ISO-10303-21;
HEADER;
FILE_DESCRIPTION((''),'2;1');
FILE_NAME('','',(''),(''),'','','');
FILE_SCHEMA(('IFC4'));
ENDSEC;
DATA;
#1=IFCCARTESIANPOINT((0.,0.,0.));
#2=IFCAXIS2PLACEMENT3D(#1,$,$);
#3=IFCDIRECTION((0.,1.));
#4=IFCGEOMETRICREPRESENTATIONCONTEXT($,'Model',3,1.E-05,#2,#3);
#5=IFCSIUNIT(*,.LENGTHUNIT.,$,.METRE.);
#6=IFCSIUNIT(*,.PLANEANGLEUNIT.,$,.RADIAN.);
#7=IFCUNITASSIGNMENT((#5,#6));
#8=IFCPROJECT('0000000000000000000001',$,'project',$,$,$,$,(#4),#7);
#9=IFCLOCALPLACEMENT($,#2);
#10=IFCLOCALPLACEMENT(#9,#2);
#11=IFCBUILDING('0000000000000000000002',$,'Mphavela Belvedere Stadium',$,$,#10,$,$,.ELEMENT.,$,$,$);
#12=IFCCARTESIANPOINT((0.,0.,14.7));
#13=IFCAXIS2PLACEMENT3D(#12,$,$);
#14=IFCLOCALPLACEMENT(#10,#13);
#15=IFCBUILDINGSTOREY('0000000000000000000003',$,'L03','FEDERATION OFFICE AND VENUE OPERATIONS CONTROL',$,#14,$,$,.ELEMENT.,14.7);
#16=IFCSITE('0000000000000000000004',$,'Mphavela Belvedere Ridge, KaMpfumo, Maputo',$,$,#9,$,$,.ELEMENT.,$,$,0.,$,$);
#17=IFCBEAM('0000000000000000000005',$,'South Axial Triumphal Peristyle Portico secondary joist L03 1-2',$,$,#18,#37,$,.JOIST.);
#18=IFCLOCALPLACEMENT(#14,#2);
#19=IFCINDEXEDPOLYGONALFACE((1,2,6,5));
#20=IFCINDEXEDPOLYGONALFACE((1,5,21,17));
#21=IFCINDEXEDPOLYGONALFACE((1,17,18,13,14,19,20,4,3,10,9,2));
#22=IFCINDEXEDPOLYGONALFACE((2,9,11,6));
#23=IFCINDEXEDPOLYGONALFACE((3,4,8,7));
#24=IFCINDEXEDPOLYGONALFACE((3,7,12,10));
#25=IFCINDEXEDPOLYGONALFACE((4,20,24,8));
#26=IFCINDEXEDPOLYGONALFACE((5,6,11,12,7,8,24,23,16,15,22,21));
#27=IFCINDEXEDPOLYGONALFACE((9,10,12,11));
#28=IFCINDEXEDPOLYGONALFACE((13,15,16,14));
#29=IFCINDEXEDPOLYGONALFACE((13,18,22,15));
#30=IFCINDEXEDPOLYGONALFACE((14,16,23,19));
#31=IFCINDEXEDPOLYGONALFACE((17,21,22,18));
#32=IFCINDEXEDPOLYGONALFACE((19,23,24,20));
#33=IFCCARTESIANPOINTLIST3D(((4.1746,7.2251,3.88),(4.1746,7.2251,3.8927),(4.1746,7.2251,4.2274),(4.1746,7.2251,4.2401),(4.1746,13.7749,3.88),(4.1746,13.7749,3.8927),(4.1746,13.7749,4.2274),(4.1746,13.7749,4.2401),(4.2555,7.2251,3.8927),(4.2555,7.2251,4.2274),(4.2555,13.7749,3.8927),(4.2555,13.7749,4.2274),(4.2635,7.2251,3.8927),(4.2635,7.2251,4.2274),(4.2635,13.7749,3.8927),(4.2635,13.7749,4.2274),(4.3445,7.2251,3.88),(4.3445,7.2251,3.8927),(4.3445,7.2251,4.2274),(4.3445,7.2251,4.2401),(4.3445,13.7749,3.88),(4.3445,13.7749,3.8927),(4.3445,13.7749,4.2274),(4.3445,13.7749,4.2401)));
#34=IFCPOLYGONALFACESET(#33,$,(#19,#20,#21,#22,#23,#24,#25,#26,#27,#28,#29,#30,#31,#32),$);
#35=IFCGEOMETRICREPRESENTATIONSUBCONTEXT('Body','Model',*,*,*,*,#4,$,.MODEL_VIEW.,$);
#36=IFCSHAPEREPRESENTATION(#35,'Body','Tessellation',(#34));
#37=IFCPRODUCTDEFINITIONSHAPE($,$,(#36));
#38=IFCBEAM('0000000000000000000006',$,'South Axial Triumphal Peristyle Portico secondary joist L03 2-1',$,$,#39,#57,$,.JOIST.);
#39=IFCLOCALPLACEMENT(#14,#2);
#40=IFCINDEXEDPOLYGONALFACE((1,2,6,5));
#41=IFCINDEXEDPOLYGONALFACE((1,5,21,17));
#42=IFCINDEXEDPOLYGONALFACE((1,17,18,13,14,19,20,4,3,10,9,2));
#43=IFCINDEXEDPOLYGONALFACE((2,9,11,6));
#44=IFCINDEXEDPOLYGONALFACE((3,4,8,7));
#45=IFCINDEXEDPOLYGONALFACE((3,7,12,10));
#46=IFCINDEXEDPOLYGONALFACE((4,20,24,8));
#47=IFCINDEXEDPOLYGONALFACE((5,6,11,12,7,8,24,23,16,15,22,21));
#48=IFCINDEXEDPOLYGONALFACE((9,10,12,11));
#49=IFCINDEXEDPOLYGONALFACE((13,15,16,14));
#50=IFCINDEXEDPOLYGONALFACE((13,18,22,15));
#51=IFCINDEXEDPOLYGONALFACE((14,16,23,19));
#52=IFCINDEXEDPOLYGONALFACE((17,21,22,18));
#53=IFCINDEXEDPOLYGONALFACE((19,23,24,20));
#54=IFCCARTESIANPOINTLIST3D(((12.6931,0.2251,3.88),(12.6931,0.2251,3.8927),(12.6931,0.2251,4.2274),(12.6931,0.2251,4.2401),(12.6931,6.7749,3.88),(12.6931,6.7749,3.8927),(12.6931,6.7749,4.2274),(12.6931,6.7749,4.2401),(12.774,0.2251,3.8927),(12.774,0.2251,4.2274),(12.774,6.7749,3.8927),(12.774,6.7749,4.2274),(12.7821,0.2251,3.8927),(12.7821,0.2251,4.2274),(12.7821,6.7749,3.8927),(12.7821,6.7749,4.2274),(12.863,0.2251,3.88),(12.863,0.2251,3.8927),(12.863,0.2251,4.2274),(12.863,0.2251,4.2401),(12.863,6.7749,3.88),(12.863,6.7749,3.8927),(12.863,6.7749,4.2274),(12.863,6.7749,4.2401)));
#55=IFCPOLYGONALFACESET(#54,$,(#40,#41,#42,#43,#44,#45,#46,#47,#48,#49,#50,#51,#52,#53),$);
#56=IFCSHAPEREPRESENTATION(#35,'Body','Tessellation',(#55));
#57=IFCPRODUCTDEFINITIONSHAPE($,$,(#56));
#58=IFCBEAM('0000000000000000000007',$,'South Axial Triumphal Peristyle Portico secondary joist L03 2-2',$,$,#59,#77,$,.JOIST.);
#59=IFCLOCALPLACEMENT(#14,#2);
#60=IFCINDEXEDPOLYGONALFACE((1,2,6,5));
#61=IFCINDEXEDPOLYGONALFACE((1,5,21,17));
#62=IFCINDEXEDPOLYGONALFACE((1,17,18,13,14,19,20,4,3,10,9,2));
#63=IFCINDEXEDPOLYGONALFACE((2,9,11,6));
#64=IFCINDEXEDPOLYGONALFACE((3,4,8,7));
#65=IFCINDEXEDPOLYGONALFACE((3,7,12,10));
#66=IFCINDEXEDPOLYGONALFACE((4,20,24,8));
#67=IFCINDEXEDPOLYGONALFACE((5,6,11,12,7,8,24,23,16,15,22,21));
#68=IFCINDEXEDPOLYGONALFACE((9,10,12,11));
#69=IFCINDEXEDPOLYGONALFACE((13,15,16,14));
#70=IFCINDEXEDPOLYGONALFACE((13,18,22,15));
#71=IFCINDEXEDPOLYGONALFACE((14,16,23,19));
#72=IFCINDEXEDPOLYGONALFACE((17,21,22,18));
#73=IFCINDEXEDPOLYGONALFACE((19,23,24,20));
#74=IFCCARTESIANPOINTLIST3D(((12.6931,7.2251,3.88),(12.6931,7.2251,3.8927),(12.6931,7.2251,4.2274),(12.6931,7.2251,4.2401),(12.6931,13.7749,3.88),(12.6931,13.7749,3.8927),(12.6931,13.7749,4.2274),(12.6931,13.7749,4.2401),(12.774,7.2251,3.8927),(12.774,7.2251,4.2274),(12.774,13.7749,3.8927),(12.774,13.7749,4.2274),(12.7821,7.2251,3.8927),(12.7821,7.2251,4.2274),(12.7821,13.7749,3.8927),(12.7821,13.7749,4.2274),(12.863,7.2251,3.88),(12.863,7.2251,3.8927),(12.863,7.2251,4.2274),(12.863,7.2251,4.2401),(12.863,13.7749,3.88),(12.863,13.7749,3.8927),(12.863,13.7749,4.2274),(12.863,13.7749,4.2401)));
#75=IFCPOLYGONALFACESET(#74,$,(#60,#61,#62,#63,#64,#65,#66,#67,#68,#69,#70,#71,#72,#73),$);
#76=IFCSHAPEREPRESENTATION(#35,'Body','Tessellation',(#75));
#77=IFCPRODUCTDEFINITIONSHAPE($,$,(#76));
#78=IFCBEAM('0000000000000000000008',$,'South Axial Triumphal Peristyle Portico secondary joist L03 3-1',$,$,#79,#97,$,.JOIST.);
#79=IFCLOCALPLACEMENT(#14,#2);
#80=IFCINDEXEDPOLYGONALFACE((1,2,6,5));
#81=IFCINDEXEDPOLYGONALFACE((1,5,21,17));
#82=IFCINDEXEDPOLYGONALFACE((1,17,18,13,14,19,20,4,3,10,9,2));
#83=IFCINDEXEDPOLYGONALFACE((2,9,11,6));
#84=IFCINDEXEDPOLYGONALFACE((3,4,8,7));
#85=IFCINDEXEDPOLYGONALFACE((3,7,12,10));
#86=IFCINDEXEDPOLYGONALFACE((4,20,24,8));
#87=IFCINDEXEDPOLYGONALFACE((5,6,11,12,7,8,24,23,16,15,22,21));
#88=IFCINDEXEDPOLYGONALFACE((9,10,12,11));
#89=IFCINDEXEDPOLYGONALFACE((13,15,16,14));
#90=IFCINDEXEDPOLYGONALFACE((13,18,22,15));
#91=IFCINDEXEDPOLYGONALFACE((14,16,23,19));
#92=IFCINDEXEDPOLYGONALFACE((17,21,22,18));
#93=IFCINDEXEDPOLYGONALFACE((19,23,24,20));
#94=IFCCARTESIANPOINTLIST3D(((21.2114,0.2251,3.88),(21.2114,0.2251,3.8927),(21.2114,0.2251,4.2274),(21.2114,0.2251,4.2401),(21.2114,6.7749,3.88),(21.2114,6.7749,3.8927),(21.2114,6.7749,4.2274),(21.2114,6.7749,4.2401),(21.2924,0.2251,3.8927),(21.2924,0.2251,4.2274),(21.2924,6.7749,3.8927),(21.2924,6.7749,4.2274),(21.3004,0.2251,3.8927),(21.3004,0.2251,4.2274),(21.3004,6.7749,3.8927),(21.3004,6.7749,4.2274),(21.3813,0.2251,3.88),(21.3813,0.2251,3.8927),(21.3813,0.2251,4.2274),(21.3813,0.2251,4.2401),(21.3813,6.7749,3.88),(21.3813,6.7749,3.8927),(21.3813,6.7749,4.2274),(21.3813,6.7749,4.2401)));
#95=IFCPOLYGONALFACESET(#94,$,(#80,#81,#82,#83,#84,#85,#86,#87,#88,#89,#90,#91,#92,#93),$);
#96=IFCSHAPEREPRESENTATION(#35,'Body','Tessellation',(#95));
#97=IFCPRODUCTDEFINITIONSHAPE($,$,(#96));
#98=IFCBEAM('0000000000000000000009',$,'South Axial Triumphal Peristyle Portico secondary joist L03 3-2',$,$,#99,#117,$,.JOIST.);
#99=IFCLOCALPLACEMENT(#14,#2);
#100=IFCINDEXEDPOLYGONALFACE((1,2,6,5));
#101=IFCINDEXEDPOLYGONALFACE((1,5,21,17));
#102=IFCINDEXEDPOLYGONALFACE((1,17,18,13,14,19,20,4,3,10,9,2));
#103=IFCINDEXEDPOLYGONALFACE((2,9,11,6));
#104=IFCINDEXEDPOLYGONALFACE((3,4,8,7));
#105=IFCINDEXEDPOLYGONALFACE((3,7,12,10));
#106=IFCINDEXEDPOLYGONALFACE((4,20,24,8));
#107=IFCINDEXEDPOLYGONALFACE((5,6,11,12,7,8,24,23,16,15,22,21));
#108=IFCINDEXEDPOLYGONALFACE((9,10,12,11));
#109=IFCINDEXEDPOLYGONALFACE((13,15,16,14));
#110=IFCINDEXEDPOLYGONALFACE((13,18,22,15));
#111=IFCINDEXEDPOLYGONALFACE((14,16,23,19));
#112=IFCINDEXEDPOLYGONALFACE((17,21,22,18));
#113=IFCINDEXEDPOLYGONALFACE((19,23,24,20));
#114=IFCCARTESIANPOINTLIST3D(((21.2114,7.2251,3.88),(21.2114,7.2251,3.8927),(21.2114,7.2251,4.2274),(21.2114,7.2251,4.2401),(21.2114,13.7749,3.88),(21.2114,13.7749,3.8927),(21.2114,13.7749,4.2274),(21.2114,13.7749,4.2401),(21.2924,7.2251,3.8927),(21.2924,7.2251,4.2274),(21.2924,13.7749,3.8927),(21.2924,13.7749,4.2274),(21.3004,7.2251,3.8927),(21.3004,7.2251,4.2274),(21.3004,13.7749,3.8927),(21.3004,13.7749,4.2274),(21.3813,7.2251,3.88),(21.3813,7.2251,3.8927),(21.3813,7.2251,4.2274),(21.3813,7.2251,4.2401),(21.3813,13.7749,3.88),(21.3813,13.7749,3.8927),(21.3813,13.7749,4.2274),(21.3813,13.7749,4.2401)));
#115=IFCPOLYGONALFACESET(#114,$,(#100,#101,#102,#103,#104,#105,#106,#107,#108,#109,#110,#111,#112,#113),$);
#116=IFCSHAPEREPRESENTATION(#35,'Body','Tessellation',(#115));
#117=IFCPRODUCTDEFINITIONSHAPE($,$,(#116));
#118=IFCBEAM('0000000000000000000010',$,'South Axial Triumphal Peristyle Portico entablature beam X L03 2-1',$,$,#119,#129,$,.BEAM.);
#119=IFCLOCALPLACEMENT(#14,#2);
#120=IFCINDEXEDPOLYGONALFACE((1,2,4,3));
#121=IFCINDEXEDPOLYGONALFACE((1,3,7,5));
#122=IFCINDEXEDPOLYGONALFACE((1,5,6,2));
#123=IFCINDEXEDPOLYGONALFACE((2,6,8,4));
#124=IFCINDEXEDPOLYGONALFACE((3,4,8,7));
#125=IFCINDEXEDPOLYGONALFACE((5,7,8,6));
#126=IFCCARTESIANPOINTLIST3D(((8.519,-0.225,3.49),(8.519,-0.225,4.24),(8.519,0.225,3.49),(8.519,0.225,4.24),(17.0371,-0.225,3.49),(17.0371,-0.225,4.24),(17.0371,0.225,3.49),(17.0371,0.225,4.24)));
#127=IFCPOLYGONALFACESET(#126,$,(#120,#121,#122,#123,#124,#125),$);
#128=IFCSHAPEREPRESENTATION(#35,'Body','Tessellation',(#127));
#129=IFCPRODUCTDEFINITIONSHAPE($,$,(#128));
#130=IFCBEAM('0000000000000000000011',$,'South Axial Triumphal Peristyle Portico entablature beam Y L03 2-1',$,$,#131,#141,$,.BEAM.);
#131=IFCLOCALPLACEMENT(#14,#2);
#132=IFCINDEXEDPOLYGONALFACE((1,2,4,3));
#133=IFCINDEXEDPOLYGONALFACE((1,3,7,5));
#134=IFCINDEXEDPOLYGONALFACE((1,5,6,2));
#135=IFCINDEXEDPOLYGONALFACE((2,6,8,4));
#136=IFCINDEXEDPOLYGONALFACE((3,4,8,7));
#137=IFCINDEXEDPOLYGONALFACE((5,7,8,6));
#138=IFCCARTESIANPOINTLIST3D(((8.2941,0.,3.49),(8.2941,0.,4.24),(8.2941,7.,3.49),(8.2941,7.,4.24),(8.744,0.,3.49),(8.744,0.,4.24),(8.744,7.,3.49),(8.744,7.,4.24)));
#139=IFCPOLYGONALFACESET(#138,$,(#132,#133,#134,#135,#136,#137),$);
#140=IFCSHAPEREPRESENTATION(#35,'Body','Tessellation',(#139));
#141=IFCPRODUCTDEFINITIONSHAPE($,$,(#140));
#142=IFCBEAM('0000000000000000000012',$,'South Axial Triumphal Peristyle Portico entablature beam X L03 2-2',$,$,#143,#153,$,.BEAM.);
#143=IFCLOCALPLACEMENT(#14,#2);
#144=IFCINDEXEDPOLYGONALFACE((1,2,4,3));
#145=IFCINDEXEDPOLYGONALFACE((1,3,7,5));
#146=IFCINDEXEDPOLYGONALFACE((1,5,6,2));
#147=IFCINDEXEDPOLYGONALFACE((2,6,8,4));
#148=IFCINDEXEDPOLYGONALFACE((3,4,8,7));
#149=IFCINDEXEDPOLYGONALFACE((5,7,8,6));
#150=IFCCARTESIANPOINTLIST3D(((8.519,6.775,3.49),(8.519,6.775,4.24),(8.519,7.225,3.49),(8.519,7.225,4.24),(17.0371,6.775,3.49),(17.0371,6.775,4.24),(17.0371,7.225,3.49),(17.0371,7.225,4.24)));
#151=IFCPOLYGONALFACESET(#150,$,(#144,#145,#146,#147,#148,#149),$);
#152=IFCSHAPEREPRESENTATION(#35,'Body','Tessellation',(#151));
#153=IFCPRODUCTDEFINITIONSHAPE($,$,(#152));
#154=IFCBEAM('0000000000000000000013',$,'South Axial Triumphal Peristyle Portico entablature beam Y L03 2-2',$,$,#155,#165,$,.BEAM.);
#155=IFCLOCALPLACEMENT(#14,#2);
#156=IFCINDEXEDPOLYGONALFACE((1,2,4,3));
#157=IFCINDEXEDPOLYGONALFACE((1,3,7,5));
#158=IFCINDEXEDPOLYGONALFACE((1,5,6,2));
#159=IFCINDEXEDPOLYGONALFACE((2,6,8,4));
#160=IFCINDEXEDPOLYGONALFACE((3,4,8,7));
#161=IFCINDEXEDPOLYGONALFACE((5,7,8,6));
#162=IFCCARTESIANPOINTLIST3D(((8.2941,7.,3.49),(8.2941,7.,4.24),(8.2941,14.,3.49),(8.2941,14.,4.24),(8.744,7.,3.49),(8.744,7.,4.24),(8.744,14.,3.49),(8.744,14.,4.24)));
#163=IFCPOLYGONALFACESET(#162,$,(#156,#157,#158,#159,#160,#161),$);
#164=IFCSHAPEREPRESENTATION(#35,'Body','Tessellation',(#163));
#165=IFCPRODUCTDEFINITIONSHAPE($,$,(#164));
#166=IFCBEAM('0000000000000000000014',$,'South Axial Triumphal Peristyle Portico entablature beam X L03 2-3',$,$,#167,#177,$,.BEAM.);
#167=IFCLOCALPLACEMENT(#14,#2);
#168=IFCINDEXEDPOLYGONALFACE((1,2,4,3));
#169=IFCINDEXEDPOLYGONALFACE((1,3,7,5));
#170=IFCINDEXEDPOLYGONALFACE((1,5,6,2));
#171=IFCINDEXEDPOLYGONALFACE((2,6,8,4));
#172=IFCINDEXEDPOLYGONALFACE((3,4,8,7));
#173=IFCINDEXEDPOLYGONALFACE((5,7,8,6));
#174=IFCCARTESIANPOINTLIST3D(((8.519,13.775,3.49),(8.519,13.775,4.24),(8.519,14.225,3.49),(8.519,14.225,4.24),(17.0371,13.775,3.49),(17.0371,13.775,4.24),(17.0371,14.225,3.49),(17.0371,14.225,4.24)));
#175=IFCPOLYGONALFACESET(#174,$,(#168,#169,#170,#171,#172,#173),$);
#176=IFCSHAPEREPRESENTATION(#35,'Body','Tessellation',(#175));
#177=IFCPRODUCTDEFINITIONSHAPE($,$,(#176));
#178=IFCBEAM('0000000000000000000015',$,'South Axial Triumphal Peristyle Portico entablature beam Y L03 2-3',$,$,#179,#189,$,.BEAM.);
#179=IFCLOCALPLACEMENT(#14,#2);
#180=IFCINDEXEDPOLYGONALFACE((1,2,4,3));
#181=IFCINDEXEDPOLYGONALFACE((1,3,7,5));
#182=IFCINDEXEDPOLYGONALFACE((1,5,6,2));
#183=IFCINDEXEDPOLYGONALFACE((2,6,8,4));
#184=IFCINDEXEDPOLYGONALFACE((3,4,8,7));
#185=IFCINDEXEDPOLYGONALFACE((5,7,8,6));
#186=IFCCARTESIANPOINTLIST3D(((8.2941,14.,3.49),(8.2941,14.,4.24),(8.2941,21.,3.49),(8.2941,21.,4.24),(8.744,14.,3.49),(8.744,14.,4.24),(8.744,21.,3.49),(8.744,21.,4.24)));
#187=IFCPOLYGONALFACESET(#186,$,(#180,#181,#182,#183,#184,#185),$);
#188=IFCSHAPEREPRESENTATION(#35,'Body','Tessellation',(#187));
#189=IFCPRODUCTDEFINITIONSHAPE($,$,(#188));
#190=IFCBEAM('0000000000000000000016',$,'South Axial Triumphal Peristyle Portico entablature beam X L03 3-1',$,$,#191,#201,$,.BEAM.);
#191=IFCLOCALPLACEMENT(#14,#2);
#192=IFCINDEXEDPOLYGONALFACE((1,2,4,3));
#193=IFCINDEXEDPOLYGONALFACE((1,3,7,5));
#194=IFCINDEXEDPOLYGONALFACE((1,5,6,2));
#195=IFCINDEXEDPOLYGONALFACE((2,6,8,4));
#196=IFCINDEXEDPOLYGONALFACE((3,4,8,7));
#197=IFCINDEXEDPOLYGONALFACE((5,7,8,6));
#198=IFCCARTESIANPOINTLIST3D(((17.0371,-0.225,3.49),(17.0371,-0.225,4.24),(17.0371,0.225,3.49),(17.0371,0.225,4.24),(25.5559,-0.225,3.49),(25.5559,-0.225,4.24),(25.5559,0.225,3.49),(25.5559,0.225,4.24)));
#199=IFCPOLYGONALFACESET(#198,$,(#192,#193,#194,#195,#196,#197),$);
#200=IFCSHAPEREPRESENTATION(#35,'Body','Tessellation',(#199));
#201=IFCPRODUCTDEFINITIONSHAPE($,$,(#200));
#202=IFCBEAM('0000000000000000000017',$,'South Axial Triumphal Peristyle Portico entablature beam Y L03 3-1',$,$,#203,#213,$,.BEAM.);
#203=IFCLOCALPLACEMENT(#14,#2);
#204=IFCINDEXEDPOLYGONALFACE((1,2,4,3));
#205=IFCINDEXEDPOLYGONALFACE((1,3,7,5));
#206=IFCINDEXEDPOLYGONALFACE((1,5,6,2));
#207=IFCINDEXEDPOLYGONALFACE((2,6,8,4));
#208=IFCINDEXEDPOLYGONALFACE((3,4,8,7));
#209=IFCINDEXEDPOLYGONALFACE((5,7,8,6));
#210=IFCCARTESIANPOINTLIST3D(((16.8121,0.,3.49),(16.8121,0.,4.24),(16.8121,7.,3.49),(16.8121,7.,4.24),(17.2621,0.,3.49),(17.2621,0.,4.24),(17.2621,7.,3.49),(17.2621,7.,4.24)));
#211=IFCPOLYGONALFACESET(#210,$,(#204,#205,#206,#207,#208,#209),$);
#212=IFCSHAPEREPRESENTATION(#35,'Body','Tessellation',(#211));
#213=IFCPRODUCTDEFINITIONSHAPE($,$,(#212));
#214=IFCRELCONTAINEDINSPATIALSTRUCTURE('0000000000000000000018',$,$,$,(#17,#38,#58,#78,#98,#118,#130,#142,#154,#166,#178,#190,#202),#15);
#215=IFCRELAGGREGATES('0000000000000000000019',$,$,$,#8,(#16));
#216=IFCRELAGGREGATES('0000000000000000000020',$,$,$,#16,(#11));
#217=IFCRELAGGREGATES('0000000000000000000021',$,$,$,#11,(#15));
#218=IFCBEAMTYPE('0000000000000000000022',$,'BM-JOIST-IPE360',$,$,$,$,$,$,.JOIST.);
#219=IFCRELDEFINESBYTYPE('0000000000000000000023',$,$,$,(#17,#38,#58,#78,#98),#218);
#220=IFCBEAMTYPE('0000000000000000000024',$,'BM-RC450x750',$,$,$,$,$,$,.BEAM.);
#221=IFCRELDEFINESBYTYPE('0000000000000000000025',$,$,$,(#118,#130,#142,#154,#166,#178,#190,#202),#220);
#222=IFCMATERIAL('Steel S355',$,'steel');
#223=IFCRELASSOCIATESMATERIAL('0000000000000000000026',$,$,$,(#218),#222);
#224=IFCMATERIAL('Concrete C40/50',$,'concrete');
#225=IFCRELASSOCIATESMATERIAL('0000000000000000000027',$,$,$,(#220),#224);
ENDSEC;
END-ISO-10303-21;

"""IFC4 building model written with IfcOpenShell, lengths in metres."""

from ifc_helpers import new_model, si_unit, direction, frame, origin, origin_2d, place, context, subcontext, project, spatial, rectangle, i_section, extrude, material, material_profile, profile_set, type_object, element, save


model = new_model("IFC4")

# Units and contexts
model_context = context("Model", 3, precision=1e-05, world=origin(), true_north=direction((0.0, 1.0)))
body_context = subcontext(model_context, "Body", "Model", "MODEL_VIEW")
ifc_project = project(units=[si_unit("LENGTHUNIT", "METRE"), si_unit("PLANEANGLEUNIT", "RADIAN")], contexts=[model_context])

# Site, building, storey
site_placement = place(None, origin())
site = spatial("IfcSite", under=ifc_project, at=site_placement, Name="Mphavela Belvedere Ridge, KaMpfumo, Maputo", CompositionType="ELEMENT", RefElevation=0.0)
building_placement = place(site_placement, origin())
building = spatial("IfcBuilding", under=site, at=building_placement, Name="Mphavela Belvedere Stadium", CompositionType="ELEMENT")
storey_placement = place(building_placement, frame((0.0, 0.0, 14.7)))
storey = spatial("IfcBuildingStorey", under=building, at=storey_placement, Name="L03", Description="FEDERATION OFFICE AND VENUE OPERATIONS CONTROL", CompositionType="ELEMENT", Elevation=14.7)

# Beams
ifc_material_1 = material(Name="Steel S355", Category="steel")
ifc_material_profile_1 = material_profile(ifc_material_1, i_section(OverallWidth=0.1699, OverallDepth=0.3601, WebThickness=0.0081, FlangeThickness=0.0127, at=origin_2d()), Name="IPE 360")
ifc_profile_set_1 = profile_set([ifc_material_profile_1], Name="Steel S355")
beam_type_1 = type_object("IfcBeamType", Name="BM-JOIST-IPE360", PredefinedType="JOIST", material=ifc_profile_set_1)
for number, where, z_axis, x_axis, name in (
    (1, (4.2595, 7.2251, 4.0601), (0.0, 1.0, 0.0), (-1.0, 0.0, 0.0), "South Axial Triumphal Peristyle Portico secondary joist L03 1-2"),
    (2, (12.7781, 0.2251, 4.0601), (0.0, 1.0, 0.0), (-1.0, 0.0, 0.0), "South Axial Triumphal Peristyle Portico secondary joist L03 2-1"),
    (3, (12.7781, 7.2251, 4.0601), (0.0, 1.0, 0.0), (-1.0, 0.0, 0.0), "South Axial Triumphal Peristyle Portico secondary joist L03 2-2"),
    (4, (21.2964, 0.2251, 4.0601), (0.0, 1.0, 0.0), (-1.0, 0.0, 0.0), "South Axial Triumphal Peristyle Portico secondary joist L03 3-1"),
    (5, (21.2964, 7.2251, 4.0601), (0.0, 1.0, 0.0), (-1.0, 0.0, 0.0), "South Axial Triumphal Peristyle Portico secondary joist L03 3-2"),
):
    element("IfcBeam", number, at=place(storey_placement, frame(where, z_axis=z_axis, x_axis=x_axis)), inside=storey, type_object=beam_type_1, Name=name, PredefinedType="JOIST", context=body_context, shape_type="SweptSolid", body=[
        extrude(i_section(OverallWidth=0.1699, OverallDepth=0.3601, WebThickness=0.0081, FlangeThickness=0.0127, at=origin_2d()), origin(), (0.0, 0.0, 1.0), 6.5498),
    ])
ifc_material_2 = material(Name="Concrete C40/50", Category="concrete")
ifc_material_profile_2 = material_profile(ifc_material_2, rectangle(XDim=0.45, YDim=0.75, at=origin_2d()), Name="RC 450x750")
ifc_profile_set_2 = profile_set([ifc_material_profile_2], Name="Concrete C40/50")
beam_type_2 = type_object("IfcBeamType", Name="BM-RC450x750", PredefinedType="BEAM", material=ifc_profile_set_2)
beam_1_placement = place(storey_placement, frame((8.519, 0.0, 3.865), z_axis=(1.0, 0.0, 0.0), x_axis=(0.0, 1.0, 0.0)))
element("IfcBeam", 6, at=beam_1_placement, inside=storey, type_object=beam_type_2, Name="South Axial Triumphal Peristyle Portico entablature beam X L03 2-1", PredefinedType="BEAM", context=body_context, shape_type="SweptSolid", body=[
    extrude(rectangle(XDim=0.45, YDim=0.75, at=origin_2d()), origin(), (0.0, 0.0, 1.0), 8.5181),
])
beam_2_placement = place(storey_placement, frame((8.519, 0.0, 3.865), z_axis=(0.0, 1.0, 0.0), x_axis=(-1.0, 0.0, 0.0)))
element("IfcBeam", 7, at=beam_2_placement, inside=storey, type_object=beam_type_2, Name="South Axial Triumphal Peristyle Portico entablature beam Y L03 2-1", PredefinedType="BEAM", context=body_context, shape_type="SweptSolid", body=[
    extrude(rectangle(XDim=0.45, YDim=0.75, at=origin_2d()), origin(), (0.0, 0.0, 1.0), 7.0),
])
beam_3_placement = place(storey_placement, frame((8.519, 7.0, 3.865), z_axis=(1.0, 0.0, 0.0), x_axis=(0.0, 1.0, 0.0)))
element("IfcBeam", 8, at=beam_3_placement, inside=storey, type_object=beam_type_2, Name="South Axial Triumphal Peristyle Portico entablature beam X L03 2-2", PredefinedType="BEAM", context=body_context, shape_type="SweptSolid", body=[
    extrude(rectangle(XDim=0.45, YDim=0.75, at=origin_2d()), origin(), (0.0, 0.0, 1.0), 8.5181),
])
beam_4_placement = place(storey_placement, frame((8.519, 7.0, 3.865), z_axis=(0.0, 1.0, 0.0), x_axis=(-1.0, 0.0, 0.0)))
element("IfcBeam", 9, at=beam_4_placement, inside=storey, type_object=beam_type_2, Name="South Axial Triumphal Peristyle Portico entablature beam Y L03 2-2", PredefinedType="BEAM", context=body_context, shape_type="SweptSolid", body=[
    extrude(rectangle(XDim=0.45, YDim=0.75, at=origin_2d()), origin(), (0.0, 0.0, 1.0), 7.0),
])
beam_5_placement = place(storey_placement, frame((8.519, 14.0, 3.865), z_axis=(1.0, 0.0, 0.0), x_axis=(0.0, 1.0, 0.0)))
element("IfcBeam", 10, at=beam_5_placement, inside=storey, type_object=beam_type_2, Name="South Axial Triumphal Peristyle Portico entablature beam X L03 2-3", PredefinedType="BEAM", context=body_context, shape_type="SweptSolid", body=[
    extrude(rectangle(XDim=0.45, YDim=0.75, at=origin_2d()), origin(), (0.0, 0.0, 1.0), 8.5181),
])
beam_6_placement = place(storey_placement, frame((8.519, 14.0, 3.865), z_axis=(0.0, 1.0, 0.0), x_axis=(-1.0, 0.0, 0.0)))
element("IfcBeam", 11, at=beam_6_placement, inside=storey, type_object=beam_type_2, Name="South Axial Triumphal Peristyle Portico entablature beam Y L03 2-3", PredefinedType="BEAM", context=body_context, shape_type="SweptSolid", body=[
    extrude(rectangle(XDim=0.45, YDim=0.75, at=origin_2d()), origin(), (0.0, 0.0, 1.0), 7.0),
])
beam_7_placement = place(storey_placement, frame((17.0371, 0.0, 3.865), z_axis=(1.0, 0.0, 0.0), x_axis=(0.0, 1.0, 0.0)))
element("IfcBeam", 12, at=beam_7_placement, inside=storey, type_object=beam_type_2, Name="South Axial Triumphal Peristyle Portico entablature beam X L03 3-1", PredefinedType="BEAM", context=body_context, shape_type="SweptSolid", body=[
    extrude(rectangle(XDim=0.45, YDim=0.75, at=origin_2d()), origin(), (0.0, 0.0, 1.0), 8.5188),
])
beam_8_placement = place(storey_placement, frame((17.0371, 0.0, 3.865), z_axis=(0.0, 1.0, 0.0), x_axis=(-1.0, 0.0, 0.0)))
element("IfcBeam", 13, at=beam_8_placement, inside=storey, type_object=beam_type_2, Name="South Axial Triumphal Peristyle Portico entablature beam Y L03 3-1", PredefinedType="BEAM", context=body_context, shape_type="SweptSolid", body=[
    extrude(rectangle(XDim=0.45, YDim=0.75, at=origin_2d()), origin(), (0.0, 0.0, 1.0), 7.0),
])

save(model, "model.ifc")
